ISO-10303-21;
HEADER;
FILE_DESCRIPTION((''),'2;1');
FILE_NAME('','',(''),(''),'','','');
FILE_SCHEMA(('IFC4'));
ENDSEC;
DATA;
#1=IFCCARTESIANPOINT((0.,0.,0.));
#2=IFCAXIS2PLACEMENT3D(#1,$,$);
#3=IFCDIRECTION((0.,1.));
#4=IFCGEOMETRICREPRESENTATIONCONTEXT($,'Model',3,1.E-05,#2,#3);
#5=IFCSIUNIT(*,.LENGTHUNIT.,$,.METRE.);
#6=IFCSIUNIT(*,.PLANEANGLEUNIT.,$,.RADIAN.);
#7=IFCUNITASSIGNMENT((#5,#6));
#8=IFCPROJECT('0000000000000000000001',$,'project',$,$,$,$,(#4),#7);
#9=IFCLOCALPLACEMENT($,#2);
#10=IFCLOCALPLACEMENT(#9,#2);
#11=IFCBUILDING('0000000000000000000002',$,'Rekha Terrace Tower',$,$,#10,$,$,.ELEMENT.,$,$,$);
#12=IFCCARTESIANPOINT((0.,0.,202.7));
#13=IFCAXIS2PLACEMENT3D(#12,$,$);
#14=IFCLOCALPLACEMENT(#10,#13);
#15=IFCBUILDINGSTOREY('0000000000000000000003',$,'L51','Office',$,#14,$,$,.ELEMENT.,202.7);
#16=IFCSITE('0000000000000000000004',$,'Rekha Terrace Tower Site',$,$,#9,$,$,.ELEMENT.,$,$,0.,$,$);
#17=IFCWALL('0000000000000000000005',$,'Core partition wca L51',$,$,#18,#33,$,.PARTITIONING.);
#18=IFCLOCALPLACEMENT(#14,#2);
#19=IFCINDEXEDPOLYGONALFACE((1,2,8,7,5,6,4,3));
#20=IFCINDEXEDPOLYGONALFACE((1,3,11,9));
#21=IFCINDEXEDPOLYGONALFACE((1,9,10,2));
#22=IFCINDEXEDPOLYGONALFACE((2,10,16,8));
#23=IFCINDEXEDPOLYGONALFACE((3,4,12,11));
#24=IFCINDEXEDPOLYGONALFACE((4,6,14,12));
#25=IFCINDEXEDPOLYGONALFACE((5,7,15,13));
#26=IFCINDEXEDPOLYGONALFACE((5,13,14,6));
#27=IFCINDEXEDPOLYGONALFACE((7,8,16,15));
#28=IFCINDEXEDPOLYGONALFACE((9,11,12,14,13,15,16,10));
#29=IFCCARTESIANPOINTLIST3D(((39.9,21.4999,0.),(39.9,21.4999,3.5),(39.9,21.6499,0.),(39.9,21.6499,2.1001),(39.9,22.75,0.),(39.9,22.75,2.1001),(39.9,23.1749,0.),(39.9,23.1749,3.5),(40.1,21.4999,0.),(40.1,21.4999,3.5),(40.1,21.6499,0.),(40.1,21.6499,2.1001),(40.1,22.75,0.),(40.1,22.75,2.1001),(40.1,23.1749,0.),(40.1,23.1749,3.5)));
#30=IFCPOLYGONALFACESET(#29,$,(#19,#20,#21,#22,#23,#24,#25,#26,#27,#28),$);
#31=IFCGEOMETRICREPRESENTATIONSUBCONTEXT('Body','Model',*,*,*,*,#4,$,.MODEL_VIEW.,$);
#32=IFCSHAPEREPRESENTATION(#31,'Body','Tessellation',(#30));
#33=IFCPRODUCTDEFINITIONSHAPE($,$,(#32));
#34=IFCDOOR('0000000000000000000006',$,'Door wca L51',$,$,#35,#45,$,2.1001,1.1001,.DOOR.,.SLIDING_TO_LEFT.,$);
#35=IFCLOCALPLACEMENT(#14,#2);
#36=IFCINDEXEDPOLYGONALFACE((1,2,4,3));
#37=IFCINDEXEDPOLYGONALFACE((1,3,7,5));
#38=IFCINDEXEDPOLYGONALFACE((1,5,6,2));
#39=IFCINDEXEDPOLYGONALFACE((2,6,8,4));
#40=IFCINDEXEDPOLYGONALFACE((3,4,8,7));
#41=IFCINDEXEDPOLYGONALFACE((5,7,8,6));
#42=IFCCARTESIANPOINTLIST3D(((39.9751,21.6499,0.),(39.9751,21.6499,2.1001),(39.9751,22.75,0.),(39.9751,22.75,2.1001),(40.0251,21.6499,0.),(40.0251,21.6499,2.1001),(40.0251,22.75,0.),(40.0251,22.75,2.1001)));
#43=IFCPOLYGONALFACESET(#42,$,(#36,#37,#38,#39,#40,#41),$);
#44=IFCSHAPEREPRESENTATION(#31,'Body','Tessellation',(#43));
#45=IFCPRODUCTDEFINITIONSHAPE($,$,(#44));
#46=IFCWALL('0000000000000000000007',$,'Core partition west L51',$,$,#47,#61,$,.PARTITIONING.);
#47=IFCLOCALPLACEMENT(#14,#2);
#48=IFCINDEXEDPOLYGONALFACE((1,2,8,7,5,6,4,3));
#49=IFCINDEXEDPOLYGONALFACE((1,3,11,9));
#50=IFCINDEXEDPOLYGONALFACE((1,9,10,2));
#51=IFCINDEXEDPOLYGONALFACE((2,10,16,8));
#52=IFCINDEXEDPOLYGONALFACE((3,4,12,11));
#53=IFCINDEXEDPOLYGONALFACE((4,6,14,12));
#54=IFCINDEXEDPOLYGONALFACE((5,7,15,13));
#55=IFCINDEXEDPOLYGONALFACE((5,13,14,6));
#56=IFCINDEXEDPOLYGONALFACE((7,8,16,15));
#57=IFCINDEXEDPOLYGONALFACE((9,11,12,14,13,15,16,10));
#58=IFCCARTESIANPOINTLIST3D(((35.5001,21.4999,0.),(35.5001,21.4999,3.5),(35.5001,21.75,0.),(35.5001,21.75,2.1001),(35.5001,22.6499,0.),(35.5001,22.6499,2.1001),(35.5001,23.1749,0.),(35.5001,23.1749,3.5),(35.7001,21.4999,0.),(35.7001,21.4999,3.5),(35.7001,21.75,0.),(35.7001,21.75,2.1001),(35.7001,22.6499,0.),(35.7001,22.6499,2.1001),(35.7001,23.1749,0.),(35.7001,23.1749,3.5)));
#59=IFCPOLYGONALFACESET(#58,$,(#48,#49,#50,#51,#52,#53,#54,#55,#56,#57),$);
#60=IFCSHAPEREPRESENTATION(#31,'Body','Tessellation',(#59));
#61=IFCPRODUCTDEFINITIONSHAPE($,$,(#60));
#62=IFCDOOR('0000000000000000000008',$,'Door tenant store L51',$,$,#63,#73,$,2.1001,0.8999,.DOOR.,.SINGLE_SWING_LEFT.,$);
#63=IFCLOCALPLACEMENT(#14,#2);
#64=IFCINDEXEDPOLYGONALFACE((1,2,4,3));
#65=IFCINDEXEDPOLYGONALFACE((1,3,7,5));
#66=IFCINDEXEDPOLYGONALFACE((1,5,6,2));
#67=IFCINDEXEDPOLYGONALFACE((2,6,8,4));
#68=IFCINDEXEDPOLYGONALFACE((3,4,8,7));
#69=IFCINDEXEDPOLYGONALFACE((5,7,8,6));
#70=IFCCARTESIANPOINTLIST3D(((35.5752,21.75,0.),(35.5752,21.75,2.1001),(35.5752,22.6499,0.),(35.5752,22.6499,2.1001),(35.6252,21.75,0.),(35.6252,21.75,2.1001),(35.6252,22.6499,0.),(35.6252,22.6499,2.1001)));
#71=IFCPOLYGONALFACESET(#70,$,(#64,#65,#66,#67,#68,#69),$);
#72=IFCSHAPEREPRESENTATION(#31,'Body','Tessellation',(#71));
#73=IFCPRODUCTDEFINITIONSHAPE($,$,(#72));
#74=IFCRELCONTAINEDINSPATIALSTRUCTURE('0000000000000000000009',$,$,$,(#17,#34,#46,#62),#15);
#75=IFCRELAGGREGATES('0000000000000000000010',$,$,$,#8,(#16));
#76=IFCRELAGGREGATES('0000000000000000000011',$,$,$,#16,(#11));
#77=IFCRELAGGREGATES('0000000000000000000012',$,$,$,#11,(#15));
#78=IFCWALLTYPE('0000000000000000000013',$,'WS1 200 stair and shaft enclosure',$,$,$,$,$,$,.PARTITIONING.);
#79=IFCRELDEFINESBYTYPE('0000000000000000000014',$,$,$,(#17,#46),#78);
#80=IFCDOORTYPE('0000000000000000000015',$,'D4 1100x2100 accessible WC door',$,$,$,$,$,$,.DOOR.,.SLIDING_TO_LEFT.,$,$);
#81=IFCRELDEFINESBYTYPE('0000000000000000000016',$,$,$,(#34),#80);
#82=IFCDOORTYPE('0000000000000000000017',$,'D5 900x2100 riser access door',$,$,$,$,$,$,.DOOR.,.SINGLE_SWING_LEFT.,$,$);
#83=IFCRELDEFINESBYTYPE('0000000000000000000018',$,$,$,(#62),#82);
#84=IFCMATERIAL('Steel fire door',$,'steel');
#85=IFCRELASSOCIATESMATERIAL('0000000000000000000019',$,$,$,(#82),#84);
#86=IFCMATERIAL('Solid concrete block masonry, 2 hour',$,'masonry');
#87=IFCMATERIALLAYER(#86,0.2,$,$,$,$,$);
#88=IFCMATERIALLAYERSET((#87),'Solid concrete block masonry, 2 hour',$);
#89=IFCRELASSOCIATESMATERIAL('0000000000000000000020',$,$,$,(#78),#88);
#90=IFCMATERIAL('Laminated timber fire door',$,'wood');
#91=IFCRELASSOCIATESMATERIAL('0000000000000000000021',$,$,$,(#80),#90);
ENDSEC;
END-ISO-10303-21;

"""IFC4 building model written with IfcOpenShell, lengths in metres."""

from ifc_helpers import new_model, si_unit, direction, frame, frame_2d, origin, place, context, subcontext, project, spatial, rectangle, extrude, material, layer, layer_set, type_object, element, fill, save


model = new_model("IFC4")

# Units and contexts
model_context = context("Model", 3, precision=1e-05, world=origin(), true_north=direction((0.0, 1.0)))
body_context = subcontext(model_context, "Body", "Model", "MODEL_VIEW")
ifc_project = project(units=[si_unit("LENGTHUNIT", "METRE"), si_unit("PLANEANGLEUNIT", "RADIAN")], contexts=[model_context])

# Site, building, storey
site_placement = place(None, origin())
site = spatial("IfcSite", under=ifc_project, at=site_placement, Name="Rekha Terrace Tower Site", CompositionType="ELEMENT", RefElevation=0.0)
building_placement = place(site_placement, origin())
building = spatial("IfcBuilding", under=site, at=building_placement, Name="Rekha Terrace Tower", CompositionType="ELEMENT")
storey_placement = place(building_placement, frame((0.0, 0.0, 202.7)))
storey = spatial("IfcBuildingStorey", under=building, at=storey_placement, Name="L51", Description="Office", CompositionType="ELEMENT", Elevation=202.7)

# Shared definitions
ifc_material_1 = material(Name="Steel fire door", Category="steel")
door_type_1 = type_object("IfcDoorType", Name="D5 900x2100 riser access door", OperationType="SINGLE_SWING_LEFT", PredefinedType="DOOR", material=ifc_material_1)

# Shared definitions
ifc_material_2 = material(Name="Solid concrete block masonry, 2 hour", Category="masonry")
ifc_layer_1 = layer(ifc_material_2, 0.2)
ifc_layer_set_1 = layer_set([ifc_layer_1], Name="Solid concrete block masonry, 2 hour")
wall_type_1 = type_object("IfcWallType", Name="WS1 200 stair and shaft enclosure", PredefinedType="PARTITIONING", material=ifc_layer_set_1)

# Walls, openings, doors
wall_1_placement = place(storey_placement, frame((40.0, 21.5, 0.0), z_axis=(0.0, 0.0, 1.0), x_axis=(0.0, 1.0, 0.0)))
wall_1 = element("IfcWall", 1, at=wall_1_placement, inside=storey, type_object=wall_type_1, Name="Core partition wca L51", PredefinedType="PARTITIONING", context=body_context, shape_type="SweptSolid", body=[
    extrude(rectangle(XDim=1.675, YDim=0.2, at=frame_2d((0.8374, 0.0))), origin(), (0.0, 0.0, 1.0), 3.5),
])
opening_1_placement = place(wall_1_placement, frame((0.1499, 0.0, 0.0)))
opening_1 = element("IfcOpeningElement", 2, at=opening_1_placement, cuts=wall_1, PredefinedType="OPENING", context=body_context, shape_type="SweptSolid", body=[
    extrude(rectangle(XDim=1.1001, YDim=2.1001, at=frame_2d((0.55, 1.05))), frame((0.0, 0.1099, 0.0), z_axis=(0.0, -1.0, 0.0), x_axis=(1.0, 0.0, 0.0)), (0.0, 0.0, 1.0), 0.22),
])
ifc_material_3 = material(Name="Laminated timber fire door", Category="wood")
door_type_2 = type_object("IfcDoorType", Name="D4 1100x2100 accessible WC door", OperationType="SLIDING_TO_LEFT", PredefinedType="DOOR", material=ifc_material_3)
door_1_placement = place(opening_1_placement, origin())
door_1 = element("IfcDoor", 3, at=door_1_placement, inside=storey, type_object=door_type_2, Name="Door wca L51", OperationType="SLIDING_TO_LEFT", OverallHeight=2.1001, OverallWidth=1.1001, PredefinedType="DOOR", context=body_context, shape_type="SweptSolid", body=[
    extrude(rectangle(XDim=1.1001, YDim=2.1001, at=frame_2d((0.55, 1.05))), frame((0.0, 0.0249, 0.0), z_axis=(0.0, -1.0, 0.0), x_axis=(1.0, 0.0, 0.0)), (0.0, 0.0, 1.0), 0.05),
])
fill(opening_1, door_1)
wall_2_placement = place(storey_placement, frame((35.6001, 21.5, 0.0), z_axis=(0.0, 0.0, 1.0), x_axis=(0.0, 1.0, 0.0)))
wall_2 = element("IfcWall", 4, at=wall_2_placement, inside=storey, type_object=wall_type_1, Name="Core partition west L51", PredefinedType="PARTITIONING", context=body_context, shape_type="SweptSolid", body=[
    extrude(rectangle(XDim=1.675, YDim=0.2, at=frame_2d((0.8374, 0.0))), origin(), (0.0, 0.0, 1.0), 3.5),
])
opening_2_placement = place(wall_2_placement, frame((0.25, 0.0, 0.0)))
opening_2 = element("IfcOpeningElement", 5, at=opening_2_placement, cuts=wall_2, PredefinedType="OPENING", context=body_context, shape_type="SweptSolid", body=[
    extrude(rectangle(XDim=0.8999, YDim=2.1001, at=frame_2d((0.45, 1.05))), frame((0.0, 0.1099, 0.0), z_axis=(0.0, -1.0, 0.0), x_axis=(1.0, 0.0, 0.0)), (0.0, 0.0, 1.0), 0.22),
])
door_2_placement = place(opening_2_placement, origin())
door_2 = element("IfcDoor", 6, at=door_2_placement, inside=storey, type_object=door_type_1, Name="Door tenant store L51", OperationType="SINGLE_SWING_LEFT", OverallHeight=2.1001, OverallWidth=0.8999, PredefinedType="DOOR", context=body_context, shape_type="SweptSolid", body=[
    extrude(rectangle(XDim=0.8999, YDim=2.1001, at=frame_2d((0.45, 1.05))), frame((0.0, 0.0249, 0.0), z_axis=(0.0, -1.0, 0.0), x_axis=(1.0, 0.0, 0.0)), (0.0, 0.0, 1.0), 0.05),
])
fill(opening_2, door_2)

save(model, "model.ifc")
